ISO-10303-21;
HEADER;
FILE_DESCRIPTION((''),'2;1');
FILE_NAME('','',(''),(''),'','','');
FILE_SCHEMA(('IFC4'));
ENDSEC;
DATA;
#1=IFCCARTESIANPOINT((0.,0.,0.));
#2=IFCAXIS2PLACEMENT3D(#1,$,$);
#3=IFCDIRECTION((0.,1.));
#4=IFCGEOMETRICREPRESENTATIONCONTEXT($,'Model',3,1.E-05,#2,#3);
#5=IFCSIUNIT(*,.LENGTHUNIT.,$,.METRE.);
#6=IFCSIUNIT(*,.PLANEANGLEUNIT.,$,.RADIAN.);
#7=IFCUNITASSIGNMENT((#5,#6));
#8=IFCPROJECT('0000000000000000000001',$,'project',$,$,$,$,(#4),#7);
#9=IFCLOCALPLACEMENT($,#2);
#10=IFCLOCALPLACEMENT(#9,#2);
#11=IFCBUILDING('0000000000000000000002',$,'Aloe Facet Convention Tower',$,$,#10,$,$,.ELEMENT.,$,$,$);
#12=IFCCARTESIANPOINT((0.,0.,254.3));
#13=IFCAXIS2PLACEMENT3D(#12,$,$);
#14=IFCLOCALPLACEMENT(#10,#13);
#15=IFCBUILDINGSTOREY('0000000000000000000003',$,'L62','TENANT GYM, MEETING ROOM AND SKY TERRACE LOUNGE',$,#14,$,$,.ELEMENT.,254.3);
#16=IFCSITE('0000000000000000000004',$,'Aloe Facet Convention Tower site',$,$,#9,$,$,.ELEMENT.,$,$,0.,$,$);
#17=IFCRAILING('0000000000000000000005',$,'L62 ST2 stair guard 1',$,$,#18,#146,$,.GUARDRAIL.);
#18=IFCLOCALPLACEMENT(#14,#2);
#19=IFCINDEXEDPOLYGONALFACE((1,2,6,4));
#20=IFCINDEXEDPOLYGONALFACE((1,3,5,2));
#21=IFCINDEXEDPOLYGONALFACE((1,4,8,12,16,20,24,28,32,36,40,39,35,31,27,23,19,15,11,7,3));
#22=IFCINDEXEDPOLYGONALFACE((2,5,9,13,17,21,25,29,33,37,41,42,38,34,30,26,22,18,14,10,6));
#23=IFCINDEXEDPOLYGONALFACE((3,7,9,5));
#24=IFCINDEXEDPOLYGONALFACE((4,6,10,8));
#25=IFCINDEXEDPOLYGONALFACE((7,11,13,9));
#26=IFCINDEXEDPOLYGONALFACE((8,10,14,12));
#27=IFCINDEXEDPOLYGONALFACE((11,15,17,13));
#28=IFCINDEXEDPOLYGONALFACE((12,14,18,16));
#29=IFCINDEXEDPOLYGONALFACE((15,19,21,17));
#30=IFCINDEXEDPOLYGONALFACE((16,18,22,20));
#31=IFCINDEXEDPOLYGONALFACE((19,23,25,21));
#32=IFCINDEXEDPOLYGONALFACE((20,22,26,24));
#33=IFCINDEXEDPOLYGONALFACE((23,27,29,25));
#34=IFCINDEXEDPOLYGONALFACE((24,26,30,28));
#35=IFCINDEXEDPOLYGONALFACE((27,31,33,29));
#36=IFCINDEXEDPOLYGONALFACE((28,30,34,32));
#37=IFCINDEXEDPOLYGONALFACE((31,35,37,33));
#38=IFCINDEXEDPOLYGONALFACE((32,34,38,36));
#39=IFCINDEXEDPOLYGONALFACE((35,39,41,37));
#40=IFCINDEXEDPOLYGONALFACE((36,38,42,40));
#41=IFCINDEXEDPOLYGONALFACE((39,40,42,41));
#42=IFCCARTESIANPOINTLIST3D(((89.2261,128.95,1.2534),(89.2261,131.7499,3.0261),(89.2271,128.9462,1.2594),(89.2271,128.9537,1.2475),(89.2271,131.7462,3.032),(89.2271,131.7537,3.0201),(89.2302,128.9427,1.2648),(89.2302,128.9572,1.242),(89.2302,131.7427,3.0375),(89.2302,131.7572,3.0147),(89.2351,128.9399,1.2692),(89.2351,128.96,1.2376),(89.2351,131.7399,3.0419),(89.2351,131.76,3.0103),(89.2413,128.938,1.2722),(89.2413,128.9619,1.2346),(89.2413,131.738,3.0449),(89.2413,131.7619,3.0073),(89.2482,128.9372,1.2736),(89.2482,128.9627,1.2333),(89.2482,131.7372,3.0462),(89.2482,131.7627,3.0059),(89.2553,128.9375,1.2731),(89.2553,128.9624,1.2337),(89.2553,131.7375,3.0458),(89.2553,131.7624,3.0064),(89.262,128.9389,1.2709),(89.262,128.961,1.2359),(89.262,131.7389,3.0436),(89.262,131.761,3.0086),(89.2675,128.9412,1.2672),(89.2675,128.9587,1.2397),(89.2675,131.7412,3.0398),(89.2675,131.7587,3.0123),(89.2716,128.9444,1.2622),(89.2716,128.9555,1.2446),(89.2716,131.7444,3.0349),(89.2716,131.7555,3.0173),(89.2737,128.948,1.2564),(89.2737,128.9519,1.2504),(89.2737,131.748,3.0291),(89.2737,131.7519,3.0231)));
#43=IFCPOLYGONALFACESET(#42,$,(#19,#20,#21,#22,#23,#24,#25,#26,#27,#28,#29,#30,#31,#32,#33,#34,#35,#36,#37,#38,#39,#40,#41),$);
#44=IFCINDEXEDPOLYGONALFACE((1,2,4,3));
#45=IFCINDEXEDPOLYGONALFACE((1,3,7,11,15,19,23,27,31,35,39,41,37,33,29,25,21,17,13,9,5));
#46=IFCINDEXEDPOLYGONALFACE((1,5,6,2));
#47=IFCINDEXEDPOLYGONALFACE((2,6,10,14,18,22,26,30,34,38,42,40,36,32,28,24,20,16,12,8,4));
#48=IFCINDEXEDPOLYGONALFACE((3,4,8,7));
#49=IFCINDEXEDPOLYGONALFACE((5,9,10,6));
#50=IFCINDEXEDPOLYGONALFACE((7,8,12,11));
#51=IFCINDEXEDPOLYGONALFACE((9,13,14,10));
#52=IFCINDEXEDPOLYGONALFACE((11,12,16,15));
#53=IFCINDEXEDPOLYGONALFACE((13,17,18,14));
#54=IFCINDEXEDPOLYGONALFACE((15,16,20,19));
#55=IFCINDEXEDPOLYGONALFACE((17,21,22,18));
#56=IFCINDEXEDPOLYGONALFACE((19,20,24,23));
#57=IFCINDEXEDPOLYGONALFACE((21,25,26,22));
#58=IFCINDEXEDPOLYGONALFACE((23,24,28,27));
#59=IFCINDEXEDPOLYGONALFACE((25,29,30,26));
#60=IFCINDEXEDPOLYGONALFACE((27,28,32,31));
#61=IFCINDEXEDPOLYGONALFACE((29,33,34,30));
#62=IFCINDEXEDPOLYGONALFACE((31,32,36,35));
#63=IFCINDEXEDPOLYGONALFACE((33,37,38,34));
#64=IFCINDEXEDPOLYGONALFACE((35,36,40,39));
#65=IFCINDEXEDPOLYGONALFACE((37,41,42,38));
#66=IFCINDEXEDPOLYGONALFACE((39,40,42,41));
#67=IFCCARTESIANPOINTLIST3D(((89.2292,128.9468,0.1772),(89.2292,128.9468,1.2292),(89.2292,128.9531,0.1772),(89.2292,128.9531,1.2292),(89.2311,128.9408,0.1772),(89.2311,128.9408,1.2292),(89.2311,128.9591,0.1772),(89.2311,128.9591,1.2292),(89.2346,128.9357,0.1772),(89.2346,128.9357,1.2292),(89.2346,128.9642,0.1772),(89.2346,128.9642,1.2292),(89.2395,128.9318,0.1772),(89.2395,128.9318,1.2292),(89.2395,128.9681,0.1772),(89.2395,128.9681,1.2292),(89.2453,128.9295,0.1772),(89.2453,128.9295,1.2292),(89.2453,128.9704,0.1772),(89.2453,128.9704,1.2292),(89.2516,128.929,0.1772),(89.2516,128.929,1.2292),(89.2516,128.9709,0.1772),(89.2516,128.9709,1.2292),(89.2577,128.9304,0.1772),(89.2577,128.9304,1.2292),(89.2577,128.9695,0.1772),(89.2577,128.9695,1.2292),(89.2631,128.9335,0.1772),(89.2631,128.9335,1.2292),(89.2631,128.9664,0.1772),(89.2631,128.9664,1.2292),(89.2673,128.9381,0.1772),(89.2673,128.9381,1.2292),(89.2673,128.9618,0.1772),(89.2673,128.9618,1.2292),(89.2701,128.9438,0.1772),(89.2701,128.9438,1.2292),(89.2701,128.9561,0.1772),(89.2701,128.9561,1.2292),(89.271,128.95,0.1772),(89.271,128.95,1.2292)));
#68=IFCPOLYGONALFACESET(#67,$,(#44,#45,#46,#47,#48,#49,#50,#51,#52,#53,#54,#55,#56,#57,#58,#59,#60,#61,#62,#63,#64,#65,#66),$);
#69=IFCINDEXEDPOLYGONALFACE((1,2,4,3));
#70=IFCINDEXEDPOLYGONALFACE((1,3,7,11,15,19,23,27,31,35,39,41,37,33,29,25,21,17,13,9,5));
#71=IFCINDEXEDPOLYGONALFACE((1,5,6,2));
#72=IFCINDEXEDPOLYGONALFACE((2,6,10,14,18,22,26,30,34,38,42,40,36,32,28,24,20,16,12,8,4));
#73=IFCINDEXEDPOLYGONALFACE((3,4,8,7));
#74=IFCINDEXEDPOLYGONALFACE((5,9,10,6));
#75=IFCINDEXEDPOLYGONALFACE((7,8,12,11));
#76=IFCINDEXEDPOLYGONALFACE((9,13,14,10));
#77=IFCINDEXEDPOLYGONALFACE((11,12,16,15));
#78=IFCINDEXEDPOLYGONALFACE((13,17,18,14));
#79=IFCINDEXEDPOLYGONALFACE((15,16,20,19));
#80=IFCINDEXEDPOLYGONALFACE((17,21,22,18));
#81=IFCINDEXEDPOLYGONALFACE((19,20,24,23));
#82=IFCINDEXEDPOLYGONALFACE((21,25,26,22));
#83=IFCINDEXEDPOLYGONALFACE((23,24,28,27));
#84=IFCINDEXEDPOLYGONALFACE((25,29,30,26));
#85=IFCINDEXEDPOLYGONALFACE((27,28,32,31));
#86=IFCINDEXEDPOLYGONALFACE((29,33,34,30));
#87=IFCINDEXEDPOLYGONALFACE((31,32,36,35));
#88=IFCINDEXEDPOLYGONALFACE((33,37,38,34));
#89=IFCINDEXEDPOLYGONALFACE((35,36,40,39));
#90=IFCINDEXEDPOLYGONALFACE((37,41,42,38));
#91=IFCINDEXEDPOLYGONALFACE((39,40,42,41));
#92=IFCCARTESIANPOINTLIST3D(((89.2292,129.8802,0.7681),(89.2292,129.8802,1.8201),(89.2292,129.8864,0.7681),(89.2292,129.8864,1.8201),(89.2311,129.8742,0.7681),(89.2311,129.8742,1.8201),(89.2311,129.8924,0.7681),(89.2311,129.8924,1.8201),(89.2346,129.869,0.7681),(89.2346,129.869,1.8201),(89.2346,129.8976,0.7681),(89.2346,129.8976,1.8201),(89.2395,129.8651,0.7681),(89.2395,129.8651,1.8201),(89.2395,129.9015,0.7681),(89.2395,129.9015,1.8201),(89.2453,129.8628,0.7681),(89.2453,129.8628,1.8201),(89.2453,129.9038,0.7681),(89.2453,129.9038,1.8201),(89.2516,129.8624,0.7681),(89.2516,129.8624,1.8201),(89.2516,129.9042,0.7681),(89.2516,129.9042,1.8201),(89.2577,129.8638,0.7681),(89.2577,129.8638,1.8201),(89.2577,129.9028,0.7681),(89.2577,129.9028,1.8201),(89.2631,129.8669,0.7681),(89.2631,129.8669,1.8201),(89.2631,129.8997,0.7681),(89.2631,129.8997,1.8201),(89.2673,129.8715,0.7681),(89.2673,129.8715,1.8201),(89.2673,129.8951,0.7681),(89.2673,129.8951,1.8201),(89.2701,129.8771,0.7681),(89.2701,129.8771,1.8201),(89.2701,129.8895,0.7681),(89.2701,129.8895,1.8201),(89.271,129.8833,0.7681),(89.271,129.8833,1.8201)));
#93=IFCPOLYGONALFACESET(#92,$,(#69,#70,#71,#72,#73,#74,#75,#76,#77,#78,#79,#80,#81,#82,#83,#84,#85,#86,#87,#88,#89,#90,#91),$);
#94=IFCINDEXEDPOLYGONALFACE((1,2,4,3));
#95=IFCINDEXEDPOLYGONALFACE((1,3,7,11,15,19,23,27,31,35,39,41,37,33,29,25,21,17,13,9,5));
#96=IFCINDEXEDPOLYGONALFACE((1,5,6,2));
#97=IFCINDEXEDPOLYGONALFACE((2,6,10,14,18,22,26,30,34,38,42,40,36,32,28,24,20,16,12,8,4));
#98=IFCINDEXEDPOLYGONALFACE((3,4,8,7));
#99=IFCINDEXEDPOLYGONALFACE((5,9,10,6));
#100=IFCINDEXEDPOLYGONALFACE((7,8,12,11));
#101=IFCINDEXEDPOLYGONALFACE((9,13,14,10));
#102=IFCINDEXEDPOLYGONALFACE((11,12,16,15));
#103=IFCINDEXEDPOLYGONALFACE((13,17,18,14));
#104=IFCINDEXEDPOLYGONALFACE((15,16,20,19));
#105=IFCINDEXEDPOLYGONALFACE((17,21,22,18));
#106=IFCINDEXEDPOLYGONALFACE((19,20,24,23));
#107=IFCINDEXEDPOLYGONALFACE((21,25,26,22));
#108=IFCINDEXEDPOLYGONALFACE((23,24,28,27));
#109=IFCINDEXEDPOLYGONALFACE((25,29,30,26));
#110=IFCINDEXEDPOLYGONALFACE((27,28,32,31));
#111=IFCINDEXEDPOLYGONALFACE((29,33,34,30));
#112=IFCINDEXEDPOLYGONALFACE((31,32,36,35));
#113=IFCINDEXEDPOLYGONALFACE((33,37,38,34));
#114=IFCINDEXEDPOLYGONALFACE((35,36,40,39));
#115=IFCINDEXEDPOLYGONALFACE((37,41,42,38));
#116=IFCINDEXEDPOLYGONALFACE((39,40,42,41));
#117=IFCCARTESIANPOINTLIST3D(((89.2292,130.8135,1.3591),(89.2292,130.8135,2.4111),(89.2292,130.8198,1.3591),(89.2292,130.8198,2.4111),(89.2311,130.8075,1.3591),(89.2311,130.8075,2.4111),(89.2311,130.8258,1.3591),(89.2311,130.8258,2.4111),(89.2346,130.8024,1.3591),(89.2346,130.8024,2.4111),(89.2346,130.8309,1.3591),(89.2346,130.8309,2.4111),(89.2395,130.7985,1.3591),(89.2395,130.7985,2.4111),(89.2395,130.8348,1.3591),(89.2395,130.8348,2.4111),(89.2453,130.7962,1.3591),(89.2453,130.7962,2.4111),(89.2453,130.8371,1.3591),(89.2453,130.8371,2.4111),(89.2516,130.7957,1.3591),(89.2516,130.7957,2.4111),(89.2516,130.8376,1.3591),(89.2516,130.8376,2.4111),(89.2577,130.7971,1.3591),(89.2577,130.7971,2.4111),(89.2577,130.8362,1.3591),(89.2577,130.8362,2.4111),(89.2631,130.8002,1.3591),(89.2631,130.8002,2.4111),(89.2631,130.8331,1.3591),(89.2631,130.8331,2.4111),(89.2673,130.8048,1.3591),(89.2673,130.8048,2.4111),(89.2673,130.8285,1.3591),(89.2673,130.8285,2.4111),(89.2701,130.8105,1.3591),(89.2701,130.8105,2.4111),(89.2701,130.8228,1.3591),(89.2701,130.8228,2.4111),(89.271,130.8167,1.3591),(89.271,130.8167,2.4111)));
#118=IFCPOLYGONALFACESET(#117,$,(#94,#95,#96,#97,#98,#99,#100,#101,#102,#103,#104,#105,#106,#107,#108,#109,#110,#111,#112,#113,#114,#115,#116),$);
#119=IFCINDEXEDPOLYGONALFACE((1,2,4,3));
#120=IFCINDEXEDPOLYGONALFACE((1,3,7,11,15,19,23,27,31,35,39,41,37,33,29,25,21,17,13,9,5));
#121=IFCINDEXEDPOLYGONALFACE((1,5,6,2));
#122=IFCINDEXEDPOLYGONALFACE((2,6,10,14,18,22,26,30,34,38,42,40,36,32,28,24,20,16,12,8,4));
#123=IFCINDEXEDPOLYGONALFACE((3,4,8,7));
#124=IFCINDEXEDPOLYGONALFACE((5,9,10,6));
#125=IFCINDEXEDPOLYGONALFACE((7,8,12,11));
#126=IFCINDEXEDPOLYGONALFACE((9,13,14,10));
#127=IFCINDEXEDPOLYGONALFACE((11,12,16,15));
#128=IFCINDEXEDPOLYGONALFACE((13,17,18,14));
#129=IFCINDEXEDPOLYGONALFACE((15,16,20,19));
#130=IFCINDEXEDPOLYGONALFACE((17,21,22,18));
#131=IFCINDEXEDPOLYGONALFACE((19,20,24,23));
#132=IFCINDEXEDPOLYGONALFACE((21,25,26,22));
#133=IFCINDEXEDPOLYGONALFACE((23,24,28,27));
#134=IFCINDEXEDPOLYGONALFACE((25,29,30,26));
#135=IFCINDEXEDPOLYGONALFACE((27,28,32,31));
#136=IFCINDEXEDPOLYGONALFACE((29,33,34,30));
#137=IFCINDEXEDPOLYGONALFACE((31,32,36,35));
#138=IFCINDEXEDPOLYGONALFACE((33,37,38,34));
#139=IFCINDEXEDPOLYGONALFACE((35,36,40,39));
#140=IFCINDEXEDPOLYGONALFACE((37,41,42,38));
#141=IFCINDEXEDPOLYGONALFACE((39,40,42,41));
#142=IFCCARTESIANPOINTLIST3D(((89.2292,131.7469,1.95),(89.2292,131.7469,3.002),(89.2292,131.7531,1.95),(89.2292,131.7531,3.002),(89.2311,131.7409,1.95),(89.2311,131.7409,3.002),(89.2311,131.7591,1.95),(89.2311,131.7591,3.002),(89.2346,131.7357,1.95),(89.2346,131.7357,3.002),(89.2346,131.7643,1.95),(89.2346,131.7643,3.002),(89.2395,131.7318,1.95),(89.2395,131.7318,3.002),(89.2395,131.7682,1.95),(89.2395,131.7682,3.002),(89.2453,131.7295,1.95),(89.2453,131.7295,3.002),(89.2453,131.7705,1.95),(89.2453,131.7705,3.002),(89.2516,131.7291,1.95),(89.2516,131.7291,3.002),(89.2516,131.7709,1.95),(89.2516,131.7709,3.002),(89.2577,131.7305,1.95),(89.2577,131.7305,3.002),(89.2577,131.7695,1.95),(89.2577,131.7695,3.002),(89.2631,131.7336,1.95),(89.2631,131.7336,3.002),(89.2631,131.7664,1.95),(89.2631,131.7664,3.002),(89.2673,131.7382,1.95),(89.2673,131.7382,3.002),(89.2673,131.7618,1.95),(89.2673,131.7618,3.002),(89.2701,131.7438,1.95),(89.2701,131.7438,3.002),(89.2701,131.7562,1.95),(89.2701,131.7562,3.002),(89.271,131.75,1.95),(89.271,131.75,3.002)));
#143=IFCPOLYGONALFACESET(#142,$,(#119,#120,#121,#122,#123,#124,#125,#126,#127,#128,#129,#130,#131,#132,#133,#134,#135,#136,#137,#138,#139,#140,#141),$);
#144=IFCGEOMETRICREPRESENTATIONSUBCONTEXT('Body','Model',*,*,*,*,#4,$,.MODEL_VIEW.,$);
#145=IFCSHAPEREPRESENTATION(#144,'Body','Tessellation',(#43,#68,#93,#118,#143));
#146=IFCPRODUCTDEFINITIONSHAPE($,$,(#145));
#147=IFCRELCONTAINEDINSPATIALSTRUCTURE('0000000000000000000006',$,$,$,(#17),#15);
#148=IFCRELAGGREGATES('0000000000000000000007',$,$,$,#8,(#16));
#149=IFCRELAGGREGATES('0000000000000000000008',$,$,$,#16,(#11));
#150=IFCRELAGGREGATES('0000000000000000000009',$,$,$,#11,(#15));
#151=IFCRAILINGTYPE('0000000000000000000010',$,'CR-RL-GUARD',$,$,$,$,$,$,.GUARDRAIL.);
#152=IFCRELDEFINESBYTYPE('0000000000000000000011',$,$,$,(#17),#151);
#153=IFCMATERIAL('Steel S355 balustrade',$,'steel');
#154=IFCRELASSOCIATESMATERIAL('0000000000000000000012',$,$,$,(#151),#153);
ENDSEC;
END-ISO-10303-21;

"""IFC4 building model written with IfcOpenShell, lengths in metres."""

from ifc_helpers import new_model, si_unit, direction, frame, origin, origin_2d, place, context, subcontext, project, spatial, circle, extrude, material, type_object, element, save


model = new_model("IFC4")

# Units and contexts
model_context = context("Model", 3, precision=1e-05, world=origin(), true_north=direction((0.0, 1.0)))
body_context = subcontext(model_context, "Body", "Model", "MODEL_VIEW")
ifc_project = project(units=[si_unit("LENGTHUNIT", "METRE"), si_unit("PLANEANGLEUNIT", "RADIAN")], contexts=[model_context])

# Site, building, storey
site_placement = place(None, origin())
site = spatial("IfcSite", under=ifc_project, at=site_placement, Name="Aloe Facet Convention Tower site", CompositionType="ELEMENT", RefElevation=0.0)
building_placement = place(site_placement, origin())
building = spatial("IfcBuilding", under=site, at=building_placement, Name="Aloe Facet Convention Tower", CompositionType="ELEMENT")
storey_placement = place(building_placement, frame((0.0, 0.0, 254.3)))
storey = spatial("IfcBuildingStorey", under=building, at=storey_placement, Name="L62", Description="TENANT GYM, MEETING ROOM AND SKY TERRACE LOUNGE", CompositionType="ELEMENT", Elevation=254.3)

# Railing
ifc_material_1 = material(Name="Steel S355 balustrade", Category="steel")
railing_type_1 = type_object("IfcRailingType", Name="CR-RL-GUARD", PredefinedType="GUARDRAIL", material=ifc_material_1)
railing_1_placement = place(storey_placement, frame((89.25, 128.95, 0.1772)))
element("IfcRailing", 1, at=railing_1_placement, inside=storey, type_object=railing_type_1, Name="L62 ST2 stair guard 1", PredefinedType="GUARDRAIL", context=body_context, shape_type="SweptSolid", body=[
    extrude(circle(Radius=0.0239, at=origin_2d()), frame((0.0, 0.0, 1.0762), z_axis=(0.0, 0.844909, 0.53491), x_axis=(-1.0, 0.0, 0.0)), (0.0, 0.0, 1.0), 3.314),
    extrude(circle(Radius=0.021, at=origin_2d()), origin(), (0.0, 0.0, 1.0), 1.052),
    extrude(circle(Radius=0.021, at=origin_2d()), frame((0.0, 0.9333, 0.5908)), (0.0, 0.0, 1.0), 1.052),
    extrude(circle(Radius=0.021, at=origin_2d()), frame((0.0, 1.8667, 1.1819)), (0.0, 0.0, 1.0), 1.052),
    extrude(circle(Radius=0.021, at=origin_2d()), frame((0.0, 2.8, 1.7727)), (0.0, 0.0, 1.0), 1.052),
])

save(model, "model.ifc")
